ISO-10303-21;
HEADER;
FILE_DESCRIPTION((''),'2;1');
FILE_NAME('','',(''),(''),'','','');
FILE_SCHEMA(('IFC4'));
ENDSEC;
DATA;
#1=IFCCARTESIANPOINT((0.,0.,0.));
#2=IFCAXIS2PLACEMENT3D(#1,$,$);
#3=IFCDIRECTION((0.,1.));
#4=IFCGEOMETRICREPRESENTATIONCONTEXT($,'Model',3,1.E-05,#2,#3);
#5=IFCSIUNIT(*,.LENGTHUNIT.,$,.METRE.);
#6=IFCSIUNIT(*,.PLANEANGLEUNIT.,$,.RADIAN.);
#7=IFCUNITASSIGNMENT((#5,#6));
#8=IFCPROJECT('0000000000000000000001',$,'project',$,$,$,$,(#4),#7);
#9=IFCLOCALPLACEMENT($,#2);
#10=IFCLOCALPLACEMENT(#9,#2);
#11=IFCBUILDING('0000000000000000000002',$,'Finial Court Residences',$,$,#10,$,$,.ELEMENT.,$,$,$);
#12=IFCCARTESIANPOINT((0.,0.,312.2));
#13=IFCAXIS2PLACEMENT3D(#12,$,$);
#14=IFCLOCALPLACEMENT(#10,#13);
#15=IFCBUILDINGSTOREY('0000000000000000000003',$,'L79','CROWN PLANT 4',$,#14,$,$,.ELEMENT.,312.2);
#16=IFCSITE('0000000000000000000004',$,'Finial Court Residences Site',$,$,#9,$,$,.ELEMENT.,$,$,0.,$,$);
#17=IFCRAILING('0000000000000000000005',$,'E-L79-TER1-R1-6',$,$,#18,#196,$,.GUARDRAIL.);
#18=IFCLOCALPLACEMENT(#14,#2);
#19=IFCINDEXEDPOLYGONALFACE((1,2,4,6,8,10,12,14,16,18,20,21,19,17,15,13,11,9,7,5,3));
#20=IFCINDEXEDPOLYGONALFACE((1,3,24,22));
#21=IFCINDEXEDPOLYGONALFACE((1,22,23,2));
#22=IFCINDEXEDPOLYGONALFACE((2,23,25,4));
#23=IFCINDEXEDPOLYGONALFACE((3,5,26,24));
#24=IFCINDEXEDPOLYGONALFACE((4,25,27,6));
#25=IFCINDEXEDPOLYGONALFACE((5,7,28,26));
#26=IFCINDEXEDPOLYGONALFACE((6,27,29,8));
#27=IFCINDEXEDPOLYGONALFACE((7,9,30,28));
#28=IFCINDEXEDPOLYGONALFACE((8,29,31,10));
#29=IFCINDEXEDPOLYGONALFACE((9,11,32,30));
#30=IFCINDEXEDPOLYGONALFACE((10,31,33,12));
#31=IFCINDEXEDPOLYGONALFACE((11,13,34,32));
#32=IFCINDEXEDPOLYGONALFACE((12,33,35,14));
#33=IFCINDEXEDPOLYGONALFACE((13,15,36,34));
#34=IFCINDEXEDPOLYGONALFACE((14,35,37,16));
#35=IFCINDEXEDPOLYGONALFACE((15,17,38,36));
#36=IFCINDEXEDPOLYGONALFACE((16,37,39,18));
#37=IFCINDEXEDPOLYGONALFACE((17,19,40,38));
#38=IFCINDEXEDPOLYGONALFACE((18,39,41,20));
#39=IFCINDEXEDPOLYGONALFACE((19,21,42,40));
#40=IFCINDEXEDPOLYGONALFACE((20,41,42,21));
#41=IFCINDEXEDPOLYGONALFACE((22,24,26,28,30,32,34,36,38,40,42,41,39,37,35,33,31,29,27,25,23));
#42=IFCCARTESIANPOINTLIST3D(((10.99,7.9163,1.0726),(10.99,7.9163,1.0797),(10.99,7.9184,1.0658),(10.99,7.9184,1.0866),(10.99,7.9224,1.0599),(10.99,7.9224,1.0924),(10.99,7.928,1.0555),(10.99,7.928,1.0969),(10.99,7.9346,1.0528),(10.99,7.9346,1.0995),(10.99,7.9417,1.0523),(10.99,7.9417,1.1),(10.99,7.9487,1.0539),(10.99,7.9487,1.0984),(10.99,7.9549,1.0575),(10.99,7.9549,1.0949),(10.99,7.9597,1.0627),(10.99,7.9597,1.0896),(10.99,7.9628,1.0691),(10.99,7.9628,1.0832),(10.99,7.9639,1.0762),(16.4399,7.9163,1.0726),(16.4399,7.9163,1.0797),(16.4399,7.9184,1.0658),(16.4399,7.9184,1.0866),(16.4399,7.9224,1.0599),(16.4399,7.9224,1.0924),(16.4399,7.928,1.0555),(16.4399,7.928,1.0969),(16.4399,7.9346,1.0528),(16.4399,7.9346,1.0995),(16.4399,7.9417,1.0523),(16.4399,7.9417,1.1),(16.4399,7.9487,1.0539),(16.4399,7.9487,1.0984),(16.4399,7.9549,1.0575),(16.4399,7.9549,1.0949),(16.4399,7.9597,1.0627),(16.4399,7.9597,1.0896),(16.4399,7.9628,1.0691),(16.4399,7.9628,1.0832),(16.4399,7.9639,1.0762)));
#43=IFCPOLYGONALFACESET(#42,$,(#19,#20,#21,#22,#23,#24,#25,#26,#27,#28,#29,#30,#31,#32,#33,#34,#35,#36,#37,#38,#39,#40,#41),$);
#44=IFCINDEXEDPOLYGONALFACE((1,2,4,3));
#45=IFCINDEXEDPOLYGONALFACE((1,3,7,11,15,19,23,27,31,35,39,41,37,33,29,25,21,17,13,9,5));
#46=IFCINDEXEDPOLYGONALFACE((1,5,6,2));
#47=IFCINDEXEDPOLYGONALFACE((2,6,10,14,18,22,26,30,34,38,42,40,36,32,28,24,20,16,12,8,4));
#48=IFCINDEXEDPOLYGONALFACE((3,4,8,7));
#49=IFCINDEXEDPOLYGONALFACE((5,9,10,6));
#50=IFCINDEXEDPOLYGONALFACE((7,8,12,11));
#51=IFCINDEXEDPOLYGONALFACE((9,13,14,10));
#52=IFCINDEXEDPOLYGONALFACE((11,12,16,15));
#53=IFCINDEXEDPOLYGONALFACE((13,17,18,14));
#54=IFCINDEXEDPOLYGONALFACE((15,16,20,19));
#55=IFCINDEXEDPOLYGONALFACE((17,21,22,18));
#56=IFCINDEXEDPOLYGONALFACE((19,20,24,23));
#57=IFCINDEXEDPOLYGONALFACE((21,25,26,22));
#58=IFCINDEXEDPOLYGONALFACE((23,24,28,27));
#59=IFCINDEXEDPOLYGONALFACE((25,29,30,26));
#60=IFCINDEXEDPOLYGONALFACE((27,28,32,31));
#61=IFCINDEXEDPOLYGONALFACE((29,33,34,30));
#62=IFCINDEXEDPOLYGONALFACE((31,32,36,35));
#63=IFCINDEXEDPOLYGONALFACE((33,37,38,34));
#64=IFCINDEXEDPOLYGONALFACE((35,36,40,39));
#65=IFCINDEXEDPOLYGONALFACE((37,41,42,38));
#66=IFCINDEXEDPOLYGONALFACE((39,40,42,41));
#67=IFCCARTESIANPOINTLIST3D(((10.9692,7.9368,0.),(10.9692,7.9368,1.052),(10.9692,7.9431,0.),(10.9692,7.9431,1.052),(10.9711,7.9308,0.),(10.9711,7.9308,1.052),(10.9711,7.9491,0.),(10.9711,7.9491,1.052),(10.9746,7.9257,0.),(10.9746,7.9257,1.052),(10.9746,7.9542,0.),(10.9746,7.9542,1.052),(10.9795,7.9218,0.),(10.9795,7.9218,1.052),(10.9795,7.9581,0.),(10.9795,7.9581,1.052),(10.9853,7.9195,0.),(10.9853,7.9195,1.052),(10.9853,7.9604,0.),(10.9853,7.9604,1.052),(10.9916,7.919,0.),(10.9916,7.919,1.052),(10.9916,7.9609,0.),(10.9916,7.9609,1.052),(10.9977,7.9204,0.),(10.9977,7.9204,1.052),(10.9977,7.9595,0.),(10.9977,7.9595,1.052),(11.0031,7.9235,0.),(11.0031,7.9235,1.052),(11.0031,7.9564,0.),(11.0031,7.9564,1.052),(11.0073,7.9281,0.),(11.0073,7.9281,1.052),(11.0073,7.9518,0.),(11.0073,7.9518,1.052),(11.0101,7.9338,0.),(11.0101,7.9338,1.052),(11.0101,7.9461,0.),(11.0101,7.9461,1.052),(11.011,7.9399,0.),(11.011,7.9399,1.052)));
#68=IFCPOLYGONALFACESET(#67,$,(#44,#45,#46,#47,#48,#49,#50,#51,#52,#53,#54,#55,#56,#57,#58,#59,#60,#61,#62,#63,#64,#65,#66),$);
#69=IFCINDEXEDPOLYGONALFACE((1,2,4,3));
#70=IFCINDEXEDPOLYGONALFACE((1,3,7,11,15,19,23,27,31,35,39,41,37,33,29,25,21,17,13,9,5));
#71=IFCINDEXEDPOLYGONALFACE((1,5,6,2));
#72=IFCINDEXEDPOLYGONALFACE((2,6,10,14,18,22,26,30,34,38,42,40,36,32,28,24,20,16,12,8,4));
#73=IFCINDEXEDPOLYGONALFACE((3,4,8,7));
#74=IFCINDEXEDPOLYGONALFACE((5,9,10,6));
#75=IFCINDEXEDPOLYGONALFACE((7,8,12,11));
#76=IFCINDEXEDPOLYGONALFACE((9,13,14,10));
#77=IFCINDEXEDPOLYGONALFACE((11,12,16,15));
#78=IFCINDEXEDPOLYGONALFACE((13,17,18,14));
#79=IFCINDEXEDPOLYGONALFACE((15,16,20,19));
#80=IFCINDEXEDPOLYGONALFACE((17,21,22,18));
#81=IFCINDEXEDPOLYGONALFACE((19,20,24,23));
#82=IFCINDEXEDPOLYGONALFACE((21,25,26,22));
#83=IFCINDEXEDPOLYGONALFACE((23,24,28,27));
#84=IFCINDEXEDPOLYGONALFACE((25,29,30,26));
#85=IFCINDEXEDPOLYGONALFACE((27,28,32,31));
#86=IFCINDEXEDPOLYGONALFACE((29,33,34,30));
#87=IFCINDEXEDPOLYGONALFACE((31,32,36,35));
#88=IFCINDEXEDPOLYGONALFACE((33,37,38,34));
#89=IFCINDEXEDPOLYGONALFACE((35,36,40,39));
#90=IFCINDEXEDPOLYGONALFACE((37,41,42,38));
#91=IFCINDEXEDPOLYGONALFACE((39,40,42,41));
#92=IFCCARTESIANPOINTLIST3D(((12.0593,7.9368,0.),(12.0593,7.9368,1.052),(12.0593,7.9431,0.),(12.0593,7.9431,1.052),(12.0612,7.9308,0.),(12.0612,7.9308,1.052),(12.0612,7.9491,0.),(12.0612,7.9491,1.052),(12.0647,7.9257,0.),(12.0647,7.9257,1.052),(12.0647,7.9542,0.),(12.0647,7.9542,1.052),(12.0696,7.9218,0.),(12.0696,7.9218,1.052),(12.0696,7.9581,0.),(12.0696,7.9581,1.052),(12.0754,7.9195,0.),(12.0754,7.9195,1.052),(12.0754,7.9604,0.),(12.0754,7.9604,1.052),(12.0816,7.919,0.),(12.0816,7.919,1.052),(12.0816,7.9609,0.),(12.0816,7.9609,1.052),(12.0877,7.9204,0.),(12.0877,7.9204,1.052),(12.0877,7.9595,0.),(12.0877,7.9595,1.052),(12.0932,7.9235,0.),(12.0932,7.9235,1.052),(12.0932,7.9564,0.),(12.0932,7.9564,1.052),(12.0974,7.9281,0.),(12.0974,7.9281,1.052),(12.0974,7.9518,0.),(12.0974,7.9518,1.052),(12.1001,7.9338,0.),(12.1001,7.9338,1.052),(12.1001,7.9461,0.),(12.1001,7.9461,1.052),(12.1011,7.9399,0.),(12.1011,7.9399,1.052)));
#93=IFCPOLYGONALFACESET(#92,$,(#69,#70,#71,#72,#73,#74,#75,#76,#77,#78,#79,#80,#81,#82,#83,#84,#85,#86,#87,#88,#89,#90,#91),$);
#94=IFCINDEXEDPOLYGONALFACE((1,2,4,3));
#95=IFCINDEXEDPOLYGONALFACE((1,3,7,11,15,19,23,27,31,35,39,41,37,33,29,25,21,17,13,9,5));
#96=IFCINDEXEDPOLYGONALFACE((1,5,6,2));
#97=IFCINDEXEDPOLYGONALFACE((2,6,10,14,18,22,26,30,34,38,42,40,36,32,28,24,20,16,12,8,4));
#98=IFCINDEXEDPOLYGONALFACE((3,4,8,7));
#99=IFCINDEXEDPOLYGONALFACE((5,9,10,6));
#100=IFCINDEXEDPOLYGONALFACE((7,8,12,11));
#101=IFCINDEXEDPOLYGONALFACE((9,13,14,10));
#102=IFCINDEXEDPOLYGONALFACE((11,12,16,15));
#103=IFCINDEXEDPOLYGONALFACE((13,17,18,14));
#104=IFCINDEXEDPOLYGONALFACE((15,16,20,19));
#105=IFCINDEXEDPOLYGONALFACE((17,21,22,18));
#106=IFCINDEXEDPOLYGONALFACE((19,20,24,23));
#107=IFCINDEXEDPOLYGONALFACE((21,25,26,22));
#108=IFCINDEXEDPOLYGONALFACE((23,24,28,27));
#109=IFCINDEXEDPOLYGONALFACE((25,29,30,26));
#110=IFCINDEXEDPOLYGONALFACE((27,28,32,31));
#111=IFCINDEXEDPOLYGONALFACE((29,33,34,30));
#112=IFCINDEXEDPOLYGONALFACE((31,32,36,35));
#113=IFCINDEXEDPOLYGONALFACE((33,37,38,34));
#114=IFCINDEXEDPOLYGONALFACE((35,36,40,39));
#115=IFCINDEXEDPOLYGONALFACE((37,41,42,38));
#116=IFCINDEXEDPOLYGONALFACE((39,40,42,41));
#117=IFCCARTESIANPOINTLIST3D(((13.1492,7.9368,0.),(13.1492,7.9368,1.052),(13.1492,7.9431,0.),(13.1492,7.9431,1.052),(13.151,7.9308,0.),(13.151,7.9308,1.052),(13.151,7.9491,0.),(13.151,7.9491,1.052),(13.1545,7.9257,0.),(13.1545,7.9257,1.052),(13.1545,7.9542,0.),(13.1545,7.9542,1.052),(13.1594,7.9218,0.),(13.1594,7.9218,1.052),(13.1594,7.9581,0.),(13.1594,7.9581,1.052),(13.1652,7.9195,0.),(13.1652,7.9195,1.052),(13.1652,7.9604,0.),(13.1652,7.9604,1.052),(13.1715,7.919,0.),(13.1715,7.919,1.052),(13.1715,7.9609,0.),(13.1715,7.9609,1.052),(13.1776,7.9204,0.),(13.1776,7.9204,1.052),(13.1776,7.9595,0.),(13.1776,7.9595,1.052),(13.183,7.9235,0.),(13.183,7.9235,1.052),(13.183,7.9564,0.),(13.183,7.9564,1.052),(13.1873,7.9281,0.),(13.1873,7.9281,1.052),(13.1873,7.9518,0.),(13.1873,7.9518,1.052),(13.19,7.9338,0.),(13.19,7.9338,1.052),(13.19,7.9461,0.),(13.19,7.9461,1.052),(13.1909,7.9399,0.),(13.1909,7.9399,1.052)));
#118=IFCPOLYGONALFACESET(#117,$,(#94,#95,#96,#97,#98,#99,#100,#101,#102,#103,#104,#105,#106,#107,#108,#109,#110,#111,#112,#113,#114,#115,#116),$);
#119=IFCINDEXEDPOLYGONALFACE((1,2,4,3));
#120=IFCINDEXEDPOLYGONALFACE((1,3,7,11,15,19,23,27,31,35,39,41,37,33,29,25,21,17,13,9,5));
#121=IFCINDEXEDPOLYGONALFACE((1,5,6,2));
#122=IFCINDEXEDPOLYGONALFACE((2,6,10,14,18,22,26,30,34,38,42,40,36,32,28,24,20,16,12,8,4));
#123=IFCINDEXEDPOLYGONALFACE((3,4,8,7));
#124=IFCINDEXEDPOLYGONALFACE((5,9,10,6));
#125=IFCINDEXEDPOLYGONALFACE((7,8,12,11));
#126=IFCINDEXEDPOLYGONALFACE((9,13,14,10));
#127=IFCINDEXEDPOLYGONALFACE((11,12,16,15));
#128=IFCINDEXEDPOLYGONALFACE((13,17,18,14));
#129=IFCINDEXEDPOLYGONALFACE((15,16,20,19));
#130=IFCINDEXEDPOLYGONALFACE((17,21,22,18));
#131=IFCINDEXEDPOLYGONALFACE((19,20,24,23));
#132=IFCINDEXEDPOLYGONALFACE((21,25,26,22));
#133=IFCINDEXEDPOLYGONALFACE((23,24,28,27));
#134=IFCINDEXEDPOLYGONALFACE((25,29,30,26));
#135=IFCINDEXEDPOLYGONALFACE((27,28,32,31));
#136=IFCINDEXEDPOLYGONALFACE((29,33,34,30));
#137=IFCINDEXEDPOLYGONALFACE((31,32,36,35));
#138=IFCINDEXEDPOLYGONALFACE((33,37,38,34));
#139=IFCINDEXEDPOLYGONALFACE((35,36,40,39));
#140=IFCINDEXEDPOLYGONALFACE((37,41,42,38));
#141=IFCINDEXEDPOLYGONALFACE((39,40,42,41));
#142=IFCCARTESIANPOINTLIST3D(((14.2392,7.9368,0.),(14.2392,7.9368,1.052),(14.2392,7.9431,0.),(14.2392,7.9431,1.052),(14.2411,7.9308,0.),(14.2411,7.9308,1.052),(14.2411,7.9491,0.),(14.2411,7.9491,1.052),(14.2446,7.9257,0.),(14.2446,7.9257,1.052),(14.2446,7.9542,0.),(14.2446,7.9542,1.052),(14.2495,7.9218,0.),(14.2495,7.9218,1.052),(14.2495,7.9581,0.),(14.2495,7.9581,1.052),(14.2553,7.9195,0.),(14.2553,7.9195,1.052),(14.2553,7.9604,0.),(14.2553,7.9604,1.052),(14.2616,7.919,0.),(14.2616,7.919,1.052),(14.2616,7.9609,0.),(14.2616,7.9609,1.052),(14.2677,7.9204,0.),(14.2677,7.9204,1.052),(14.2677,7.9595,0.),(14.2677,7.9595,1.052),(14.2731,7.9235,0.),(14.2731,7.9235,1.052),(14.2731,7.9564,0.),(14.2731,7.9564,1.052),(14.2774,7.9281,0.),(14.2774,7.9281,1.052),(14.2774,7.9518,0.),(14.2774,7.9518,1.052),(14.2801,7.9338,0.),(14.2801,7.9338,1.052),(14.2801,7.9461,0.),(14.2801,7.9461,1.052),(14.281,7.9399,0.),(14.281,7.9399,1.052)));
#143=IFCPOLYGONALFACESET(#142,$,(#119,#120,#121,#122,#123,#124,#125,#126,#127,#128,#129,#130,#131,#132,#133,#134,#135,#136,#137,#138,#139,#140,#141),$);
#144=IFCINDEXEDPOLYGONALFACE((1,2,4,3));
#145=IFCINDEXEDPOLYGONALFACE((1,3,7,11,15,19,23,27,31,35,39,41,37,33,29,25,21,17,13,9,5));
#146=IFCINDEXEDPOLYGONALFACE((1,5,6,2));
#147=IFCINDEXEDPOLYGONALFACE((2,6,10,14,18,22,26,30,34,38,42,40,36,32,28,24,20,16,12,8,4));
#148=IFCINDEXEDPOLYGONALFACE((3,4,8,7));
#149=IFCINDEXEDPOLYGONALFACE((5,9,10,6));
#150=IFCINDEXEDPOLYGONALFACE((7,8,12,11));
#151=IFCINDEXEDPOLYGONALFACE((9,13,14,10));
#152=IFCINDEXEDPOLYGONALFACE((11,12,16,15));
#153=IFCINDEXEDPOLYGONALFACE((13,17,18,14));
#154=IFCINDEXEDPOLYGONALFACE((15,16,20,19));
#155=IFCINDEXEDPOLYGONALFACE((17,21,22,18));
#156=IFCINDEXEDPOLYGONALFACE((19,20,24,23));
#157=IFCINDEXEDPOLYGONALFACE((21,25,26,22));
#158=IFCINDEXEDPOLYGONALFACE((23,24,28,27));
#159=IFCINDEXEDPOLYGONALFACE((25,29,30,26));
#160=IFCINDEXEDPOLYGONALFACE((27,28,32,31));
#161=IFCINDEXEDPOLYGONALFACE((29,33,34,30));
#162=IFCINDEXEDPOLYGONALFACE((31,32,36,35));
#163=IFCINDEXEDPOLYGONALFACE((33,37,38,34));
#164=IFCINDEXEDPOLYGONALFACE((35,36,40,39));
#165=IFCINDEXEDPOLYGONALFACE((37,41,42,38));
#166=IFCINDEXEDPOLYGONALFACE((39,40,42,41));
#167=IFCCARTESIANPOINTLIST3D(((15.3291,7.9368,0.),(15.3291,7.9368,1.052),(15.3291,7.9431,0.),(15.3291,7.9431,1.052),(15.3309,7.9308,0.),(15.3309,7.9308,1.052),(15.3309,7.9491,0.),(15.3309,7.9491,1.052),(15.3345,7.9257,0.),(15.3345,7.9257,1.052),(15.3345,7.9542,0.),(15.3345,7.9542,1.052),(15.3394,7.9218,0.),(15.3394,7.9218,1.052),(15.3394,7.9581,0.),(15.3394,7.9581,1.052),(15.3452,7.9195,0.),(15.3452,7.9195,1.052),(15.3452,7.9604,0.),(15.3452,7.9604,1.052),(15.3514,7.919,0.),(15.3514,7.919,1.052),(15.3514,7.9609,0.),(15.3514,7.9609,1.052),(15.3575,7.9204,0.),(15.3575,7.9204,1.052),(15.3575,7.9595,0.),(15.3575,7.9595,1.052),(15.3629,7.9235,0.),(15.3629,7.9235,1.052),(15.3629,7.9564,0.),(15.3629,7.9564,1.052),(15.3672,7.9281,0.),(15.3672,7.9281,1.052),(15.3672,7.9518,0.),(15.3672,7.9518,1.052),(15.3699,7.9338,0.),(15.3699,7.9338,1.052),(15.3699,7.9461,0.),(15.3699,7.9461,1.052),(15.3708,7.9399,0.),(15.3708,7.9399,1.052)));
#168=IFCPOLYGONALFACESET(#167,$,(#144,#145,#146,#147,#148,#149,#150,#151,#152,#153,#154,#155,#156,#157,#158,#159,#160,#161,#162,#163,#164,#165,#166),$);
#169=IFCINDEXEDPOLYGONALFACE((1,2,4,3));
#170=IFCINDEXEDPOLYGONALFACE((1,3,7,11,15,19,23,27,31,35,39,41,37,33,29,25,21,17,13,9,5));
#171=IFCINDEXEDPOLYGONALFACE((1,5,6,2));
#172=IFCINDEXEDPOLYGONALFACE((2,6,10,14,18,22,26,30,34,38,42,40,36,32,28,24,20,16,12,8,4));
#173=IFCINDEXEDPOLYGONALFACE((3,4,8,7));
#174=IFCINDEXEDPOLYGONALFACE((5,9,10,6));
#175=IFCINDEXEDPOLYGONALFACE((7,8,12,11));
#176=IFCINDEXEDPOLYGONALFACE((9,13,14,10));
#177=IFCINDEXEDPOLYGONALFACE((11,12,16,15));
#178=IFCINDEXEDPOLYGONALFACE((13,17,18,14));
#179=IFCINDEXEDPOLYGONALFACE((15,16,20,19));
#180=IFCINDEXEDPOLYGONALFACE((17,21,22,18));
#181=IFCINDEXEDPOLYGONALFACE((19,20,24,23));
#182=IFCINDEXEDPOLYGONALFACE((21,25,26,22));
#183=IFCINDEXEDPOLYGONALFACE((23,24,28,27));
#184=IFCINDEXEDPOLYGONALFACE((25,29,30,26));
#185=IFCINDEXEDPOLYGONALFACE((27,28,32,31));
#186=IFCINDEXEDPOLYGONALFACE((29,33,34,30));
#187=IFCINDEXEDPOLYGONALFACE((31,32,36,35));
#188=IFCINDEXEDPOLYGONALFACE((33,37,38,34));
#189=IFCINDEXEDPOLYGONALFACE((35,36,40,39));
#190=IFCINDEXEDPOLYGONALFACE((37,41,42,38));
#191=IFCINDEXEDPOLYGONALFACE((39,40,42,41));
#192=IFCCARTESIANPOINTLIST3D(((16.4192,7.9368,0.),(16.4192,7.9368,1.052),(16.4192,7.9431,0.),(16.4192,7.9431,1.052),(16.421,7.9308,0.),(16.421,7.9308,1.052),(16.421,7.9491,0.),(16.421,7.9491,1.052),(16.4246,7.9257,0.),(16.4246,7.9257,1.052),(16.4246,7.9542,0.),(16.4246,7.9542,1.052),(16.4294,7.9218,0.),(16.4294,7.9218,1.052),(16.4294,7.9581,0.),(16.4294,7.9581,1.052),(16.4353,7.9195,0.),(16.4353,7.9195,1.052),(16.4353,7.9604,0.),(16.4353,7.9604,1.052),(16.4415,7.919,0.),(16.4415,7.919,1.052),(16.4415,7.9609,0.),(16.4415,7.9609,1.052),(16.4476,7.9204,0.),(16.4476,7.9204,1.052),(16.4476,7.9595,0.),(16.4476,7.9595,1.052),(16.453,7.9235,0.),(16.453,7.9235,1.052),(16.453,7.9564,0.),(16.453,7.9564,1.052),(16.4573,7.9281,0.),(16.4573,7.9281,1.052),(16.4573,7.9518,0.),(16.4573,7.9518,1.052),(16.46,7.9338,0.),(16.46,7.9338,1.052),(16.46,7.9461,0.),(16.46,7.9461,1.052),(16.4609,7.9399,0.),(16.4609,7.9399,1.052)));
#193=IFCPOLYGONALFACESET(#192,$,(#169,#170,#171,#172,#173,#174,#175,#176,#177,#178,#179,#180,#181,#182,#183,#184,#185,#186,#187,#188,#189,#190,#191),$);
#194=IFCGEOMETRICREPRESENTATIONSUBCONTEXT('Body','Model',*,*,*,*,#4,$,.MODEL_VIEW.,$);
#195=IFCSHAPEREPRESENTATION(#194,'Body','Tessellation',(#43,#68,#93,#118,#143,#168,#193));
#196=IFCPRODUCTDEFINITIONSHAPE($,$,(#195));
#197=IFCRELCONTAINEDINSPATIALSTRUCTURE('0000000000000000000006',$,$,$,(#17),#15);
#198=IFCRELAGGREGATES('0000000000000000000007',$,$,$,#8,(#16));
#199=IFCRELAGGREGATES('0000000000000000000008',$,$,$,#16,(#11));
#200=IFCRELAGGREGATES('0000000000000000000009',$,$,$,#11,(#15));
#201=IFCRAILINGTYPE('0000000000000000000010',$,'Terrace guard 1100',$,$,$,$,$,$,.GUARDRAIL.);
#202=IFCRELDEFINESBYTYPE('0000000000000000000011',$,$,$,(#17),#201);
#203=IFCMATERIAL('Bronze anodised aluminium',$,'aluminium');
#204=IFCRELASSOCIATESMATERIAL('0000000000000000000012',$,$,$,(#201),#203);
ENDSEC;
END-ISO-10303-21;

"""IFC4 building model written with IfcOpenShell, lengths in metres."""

from ifc_helpers import new_model, si_unit, direction, frame, origin, origin_2d, place, context, subcontext, project, spatial, circle, extrude, material, type_object, element, save


model = new_model("IFC4")

# Units and contexts
model_context = context("Model", 3, precision=1e-05, world=origin(), true_north=direction((0.0, 1.0)))
body_context = subcontext(model_context, "Body", "Model", "MODEL_VIEW")
ifc_project = project(units=[si_unit("LENGTHUNIT", "METRE"), si_unit("PLANEANGLEUNIT", "RADIAN")], contexts=[model_context])

# Site, building, storey
site_placement = place(None, origin())
site = spatial("IfcSite", under=ifc_project, at=site_placement, Name="Finial Court Residences Site", CompositionType="ELEMENT", RefElevation=0.0)
building_placement = place(site_placement, origin())
building = spatial("IfcBuilding", under=site, at=building_placement, Name="Finial Court Residences", CompositionType="ELEMENT")
storey_placement = place(building_placement, frame((0.0, 0.0, 312.2)))
storey = spatial("IfcBuildingStorey", under=building, at=storey_placement, Name="L79", Description="CROWN PLANT 4", CompositionType="ELEMENT", Elevation=312.2)

# Shared definitions
ifc_material_1 = material(Name="Bronze anodised aluminium", Category="aluminium")

# Railing
railing_type = type_object("IfcRailingType", Name="Terrace guard 1100", PredefinedType="GUARDRAIL", material=ifc_material_1)
railing_1_placement = place(storey_placement, frame((10.99, 7.9399, 0.0)))
element("IfcRailing", 1, at=railing_1_placement, inside=storey, type_object=railing_type, Name="E-L79-TER1-R1-6", PredefinedType="GUARDRAIL", context=body_context, shape_type="SweptSolid", body=[
    extrude(circle(Radius=0.0239, at=origin_2d()), frame((0.0, 0.0, 1.0762), z_axis=(1.0, 0.0, 0.0), x_axis=(0.0, 1.0, 0.0)), (0.0, 0.0, 1.0), 5.45),
    extrude(circle(Radius=0.021, at=origin_2d()), origin(), (0.0, 0.0, 1.0), 1.052),
    extrude(circle(Radius=0.021, at=origin_2d()), frame((1.0901, 0.0, 0.0)), (0.0, 0.0, 1.0), 1.052),
    extrude(circle(Radius=0.021, at=origin_2d()), frame((2.1799, 0.0, 0.0)), (0.0, 0.0, 1.0), 1.052),
    extrude(circle(Radius=0.021, at=origin_2d()), frame((3.27, 0.0, 0.0)), (0.0, 0.0, 1.0), 1.052),
    extrude(circle(Radius=0.021, at=origin_2d()), frame((4.3599, 0.0, 0.0)), (0.0, 0.0, 1.0), 1.052),
    extrude(circle(Radius=0.021, at=origin_2d()), frame((5.45, 0.0, 0.0)), (0.0, 0.0, 1.0), 1.052),
])

save(model, "model.ifc")
